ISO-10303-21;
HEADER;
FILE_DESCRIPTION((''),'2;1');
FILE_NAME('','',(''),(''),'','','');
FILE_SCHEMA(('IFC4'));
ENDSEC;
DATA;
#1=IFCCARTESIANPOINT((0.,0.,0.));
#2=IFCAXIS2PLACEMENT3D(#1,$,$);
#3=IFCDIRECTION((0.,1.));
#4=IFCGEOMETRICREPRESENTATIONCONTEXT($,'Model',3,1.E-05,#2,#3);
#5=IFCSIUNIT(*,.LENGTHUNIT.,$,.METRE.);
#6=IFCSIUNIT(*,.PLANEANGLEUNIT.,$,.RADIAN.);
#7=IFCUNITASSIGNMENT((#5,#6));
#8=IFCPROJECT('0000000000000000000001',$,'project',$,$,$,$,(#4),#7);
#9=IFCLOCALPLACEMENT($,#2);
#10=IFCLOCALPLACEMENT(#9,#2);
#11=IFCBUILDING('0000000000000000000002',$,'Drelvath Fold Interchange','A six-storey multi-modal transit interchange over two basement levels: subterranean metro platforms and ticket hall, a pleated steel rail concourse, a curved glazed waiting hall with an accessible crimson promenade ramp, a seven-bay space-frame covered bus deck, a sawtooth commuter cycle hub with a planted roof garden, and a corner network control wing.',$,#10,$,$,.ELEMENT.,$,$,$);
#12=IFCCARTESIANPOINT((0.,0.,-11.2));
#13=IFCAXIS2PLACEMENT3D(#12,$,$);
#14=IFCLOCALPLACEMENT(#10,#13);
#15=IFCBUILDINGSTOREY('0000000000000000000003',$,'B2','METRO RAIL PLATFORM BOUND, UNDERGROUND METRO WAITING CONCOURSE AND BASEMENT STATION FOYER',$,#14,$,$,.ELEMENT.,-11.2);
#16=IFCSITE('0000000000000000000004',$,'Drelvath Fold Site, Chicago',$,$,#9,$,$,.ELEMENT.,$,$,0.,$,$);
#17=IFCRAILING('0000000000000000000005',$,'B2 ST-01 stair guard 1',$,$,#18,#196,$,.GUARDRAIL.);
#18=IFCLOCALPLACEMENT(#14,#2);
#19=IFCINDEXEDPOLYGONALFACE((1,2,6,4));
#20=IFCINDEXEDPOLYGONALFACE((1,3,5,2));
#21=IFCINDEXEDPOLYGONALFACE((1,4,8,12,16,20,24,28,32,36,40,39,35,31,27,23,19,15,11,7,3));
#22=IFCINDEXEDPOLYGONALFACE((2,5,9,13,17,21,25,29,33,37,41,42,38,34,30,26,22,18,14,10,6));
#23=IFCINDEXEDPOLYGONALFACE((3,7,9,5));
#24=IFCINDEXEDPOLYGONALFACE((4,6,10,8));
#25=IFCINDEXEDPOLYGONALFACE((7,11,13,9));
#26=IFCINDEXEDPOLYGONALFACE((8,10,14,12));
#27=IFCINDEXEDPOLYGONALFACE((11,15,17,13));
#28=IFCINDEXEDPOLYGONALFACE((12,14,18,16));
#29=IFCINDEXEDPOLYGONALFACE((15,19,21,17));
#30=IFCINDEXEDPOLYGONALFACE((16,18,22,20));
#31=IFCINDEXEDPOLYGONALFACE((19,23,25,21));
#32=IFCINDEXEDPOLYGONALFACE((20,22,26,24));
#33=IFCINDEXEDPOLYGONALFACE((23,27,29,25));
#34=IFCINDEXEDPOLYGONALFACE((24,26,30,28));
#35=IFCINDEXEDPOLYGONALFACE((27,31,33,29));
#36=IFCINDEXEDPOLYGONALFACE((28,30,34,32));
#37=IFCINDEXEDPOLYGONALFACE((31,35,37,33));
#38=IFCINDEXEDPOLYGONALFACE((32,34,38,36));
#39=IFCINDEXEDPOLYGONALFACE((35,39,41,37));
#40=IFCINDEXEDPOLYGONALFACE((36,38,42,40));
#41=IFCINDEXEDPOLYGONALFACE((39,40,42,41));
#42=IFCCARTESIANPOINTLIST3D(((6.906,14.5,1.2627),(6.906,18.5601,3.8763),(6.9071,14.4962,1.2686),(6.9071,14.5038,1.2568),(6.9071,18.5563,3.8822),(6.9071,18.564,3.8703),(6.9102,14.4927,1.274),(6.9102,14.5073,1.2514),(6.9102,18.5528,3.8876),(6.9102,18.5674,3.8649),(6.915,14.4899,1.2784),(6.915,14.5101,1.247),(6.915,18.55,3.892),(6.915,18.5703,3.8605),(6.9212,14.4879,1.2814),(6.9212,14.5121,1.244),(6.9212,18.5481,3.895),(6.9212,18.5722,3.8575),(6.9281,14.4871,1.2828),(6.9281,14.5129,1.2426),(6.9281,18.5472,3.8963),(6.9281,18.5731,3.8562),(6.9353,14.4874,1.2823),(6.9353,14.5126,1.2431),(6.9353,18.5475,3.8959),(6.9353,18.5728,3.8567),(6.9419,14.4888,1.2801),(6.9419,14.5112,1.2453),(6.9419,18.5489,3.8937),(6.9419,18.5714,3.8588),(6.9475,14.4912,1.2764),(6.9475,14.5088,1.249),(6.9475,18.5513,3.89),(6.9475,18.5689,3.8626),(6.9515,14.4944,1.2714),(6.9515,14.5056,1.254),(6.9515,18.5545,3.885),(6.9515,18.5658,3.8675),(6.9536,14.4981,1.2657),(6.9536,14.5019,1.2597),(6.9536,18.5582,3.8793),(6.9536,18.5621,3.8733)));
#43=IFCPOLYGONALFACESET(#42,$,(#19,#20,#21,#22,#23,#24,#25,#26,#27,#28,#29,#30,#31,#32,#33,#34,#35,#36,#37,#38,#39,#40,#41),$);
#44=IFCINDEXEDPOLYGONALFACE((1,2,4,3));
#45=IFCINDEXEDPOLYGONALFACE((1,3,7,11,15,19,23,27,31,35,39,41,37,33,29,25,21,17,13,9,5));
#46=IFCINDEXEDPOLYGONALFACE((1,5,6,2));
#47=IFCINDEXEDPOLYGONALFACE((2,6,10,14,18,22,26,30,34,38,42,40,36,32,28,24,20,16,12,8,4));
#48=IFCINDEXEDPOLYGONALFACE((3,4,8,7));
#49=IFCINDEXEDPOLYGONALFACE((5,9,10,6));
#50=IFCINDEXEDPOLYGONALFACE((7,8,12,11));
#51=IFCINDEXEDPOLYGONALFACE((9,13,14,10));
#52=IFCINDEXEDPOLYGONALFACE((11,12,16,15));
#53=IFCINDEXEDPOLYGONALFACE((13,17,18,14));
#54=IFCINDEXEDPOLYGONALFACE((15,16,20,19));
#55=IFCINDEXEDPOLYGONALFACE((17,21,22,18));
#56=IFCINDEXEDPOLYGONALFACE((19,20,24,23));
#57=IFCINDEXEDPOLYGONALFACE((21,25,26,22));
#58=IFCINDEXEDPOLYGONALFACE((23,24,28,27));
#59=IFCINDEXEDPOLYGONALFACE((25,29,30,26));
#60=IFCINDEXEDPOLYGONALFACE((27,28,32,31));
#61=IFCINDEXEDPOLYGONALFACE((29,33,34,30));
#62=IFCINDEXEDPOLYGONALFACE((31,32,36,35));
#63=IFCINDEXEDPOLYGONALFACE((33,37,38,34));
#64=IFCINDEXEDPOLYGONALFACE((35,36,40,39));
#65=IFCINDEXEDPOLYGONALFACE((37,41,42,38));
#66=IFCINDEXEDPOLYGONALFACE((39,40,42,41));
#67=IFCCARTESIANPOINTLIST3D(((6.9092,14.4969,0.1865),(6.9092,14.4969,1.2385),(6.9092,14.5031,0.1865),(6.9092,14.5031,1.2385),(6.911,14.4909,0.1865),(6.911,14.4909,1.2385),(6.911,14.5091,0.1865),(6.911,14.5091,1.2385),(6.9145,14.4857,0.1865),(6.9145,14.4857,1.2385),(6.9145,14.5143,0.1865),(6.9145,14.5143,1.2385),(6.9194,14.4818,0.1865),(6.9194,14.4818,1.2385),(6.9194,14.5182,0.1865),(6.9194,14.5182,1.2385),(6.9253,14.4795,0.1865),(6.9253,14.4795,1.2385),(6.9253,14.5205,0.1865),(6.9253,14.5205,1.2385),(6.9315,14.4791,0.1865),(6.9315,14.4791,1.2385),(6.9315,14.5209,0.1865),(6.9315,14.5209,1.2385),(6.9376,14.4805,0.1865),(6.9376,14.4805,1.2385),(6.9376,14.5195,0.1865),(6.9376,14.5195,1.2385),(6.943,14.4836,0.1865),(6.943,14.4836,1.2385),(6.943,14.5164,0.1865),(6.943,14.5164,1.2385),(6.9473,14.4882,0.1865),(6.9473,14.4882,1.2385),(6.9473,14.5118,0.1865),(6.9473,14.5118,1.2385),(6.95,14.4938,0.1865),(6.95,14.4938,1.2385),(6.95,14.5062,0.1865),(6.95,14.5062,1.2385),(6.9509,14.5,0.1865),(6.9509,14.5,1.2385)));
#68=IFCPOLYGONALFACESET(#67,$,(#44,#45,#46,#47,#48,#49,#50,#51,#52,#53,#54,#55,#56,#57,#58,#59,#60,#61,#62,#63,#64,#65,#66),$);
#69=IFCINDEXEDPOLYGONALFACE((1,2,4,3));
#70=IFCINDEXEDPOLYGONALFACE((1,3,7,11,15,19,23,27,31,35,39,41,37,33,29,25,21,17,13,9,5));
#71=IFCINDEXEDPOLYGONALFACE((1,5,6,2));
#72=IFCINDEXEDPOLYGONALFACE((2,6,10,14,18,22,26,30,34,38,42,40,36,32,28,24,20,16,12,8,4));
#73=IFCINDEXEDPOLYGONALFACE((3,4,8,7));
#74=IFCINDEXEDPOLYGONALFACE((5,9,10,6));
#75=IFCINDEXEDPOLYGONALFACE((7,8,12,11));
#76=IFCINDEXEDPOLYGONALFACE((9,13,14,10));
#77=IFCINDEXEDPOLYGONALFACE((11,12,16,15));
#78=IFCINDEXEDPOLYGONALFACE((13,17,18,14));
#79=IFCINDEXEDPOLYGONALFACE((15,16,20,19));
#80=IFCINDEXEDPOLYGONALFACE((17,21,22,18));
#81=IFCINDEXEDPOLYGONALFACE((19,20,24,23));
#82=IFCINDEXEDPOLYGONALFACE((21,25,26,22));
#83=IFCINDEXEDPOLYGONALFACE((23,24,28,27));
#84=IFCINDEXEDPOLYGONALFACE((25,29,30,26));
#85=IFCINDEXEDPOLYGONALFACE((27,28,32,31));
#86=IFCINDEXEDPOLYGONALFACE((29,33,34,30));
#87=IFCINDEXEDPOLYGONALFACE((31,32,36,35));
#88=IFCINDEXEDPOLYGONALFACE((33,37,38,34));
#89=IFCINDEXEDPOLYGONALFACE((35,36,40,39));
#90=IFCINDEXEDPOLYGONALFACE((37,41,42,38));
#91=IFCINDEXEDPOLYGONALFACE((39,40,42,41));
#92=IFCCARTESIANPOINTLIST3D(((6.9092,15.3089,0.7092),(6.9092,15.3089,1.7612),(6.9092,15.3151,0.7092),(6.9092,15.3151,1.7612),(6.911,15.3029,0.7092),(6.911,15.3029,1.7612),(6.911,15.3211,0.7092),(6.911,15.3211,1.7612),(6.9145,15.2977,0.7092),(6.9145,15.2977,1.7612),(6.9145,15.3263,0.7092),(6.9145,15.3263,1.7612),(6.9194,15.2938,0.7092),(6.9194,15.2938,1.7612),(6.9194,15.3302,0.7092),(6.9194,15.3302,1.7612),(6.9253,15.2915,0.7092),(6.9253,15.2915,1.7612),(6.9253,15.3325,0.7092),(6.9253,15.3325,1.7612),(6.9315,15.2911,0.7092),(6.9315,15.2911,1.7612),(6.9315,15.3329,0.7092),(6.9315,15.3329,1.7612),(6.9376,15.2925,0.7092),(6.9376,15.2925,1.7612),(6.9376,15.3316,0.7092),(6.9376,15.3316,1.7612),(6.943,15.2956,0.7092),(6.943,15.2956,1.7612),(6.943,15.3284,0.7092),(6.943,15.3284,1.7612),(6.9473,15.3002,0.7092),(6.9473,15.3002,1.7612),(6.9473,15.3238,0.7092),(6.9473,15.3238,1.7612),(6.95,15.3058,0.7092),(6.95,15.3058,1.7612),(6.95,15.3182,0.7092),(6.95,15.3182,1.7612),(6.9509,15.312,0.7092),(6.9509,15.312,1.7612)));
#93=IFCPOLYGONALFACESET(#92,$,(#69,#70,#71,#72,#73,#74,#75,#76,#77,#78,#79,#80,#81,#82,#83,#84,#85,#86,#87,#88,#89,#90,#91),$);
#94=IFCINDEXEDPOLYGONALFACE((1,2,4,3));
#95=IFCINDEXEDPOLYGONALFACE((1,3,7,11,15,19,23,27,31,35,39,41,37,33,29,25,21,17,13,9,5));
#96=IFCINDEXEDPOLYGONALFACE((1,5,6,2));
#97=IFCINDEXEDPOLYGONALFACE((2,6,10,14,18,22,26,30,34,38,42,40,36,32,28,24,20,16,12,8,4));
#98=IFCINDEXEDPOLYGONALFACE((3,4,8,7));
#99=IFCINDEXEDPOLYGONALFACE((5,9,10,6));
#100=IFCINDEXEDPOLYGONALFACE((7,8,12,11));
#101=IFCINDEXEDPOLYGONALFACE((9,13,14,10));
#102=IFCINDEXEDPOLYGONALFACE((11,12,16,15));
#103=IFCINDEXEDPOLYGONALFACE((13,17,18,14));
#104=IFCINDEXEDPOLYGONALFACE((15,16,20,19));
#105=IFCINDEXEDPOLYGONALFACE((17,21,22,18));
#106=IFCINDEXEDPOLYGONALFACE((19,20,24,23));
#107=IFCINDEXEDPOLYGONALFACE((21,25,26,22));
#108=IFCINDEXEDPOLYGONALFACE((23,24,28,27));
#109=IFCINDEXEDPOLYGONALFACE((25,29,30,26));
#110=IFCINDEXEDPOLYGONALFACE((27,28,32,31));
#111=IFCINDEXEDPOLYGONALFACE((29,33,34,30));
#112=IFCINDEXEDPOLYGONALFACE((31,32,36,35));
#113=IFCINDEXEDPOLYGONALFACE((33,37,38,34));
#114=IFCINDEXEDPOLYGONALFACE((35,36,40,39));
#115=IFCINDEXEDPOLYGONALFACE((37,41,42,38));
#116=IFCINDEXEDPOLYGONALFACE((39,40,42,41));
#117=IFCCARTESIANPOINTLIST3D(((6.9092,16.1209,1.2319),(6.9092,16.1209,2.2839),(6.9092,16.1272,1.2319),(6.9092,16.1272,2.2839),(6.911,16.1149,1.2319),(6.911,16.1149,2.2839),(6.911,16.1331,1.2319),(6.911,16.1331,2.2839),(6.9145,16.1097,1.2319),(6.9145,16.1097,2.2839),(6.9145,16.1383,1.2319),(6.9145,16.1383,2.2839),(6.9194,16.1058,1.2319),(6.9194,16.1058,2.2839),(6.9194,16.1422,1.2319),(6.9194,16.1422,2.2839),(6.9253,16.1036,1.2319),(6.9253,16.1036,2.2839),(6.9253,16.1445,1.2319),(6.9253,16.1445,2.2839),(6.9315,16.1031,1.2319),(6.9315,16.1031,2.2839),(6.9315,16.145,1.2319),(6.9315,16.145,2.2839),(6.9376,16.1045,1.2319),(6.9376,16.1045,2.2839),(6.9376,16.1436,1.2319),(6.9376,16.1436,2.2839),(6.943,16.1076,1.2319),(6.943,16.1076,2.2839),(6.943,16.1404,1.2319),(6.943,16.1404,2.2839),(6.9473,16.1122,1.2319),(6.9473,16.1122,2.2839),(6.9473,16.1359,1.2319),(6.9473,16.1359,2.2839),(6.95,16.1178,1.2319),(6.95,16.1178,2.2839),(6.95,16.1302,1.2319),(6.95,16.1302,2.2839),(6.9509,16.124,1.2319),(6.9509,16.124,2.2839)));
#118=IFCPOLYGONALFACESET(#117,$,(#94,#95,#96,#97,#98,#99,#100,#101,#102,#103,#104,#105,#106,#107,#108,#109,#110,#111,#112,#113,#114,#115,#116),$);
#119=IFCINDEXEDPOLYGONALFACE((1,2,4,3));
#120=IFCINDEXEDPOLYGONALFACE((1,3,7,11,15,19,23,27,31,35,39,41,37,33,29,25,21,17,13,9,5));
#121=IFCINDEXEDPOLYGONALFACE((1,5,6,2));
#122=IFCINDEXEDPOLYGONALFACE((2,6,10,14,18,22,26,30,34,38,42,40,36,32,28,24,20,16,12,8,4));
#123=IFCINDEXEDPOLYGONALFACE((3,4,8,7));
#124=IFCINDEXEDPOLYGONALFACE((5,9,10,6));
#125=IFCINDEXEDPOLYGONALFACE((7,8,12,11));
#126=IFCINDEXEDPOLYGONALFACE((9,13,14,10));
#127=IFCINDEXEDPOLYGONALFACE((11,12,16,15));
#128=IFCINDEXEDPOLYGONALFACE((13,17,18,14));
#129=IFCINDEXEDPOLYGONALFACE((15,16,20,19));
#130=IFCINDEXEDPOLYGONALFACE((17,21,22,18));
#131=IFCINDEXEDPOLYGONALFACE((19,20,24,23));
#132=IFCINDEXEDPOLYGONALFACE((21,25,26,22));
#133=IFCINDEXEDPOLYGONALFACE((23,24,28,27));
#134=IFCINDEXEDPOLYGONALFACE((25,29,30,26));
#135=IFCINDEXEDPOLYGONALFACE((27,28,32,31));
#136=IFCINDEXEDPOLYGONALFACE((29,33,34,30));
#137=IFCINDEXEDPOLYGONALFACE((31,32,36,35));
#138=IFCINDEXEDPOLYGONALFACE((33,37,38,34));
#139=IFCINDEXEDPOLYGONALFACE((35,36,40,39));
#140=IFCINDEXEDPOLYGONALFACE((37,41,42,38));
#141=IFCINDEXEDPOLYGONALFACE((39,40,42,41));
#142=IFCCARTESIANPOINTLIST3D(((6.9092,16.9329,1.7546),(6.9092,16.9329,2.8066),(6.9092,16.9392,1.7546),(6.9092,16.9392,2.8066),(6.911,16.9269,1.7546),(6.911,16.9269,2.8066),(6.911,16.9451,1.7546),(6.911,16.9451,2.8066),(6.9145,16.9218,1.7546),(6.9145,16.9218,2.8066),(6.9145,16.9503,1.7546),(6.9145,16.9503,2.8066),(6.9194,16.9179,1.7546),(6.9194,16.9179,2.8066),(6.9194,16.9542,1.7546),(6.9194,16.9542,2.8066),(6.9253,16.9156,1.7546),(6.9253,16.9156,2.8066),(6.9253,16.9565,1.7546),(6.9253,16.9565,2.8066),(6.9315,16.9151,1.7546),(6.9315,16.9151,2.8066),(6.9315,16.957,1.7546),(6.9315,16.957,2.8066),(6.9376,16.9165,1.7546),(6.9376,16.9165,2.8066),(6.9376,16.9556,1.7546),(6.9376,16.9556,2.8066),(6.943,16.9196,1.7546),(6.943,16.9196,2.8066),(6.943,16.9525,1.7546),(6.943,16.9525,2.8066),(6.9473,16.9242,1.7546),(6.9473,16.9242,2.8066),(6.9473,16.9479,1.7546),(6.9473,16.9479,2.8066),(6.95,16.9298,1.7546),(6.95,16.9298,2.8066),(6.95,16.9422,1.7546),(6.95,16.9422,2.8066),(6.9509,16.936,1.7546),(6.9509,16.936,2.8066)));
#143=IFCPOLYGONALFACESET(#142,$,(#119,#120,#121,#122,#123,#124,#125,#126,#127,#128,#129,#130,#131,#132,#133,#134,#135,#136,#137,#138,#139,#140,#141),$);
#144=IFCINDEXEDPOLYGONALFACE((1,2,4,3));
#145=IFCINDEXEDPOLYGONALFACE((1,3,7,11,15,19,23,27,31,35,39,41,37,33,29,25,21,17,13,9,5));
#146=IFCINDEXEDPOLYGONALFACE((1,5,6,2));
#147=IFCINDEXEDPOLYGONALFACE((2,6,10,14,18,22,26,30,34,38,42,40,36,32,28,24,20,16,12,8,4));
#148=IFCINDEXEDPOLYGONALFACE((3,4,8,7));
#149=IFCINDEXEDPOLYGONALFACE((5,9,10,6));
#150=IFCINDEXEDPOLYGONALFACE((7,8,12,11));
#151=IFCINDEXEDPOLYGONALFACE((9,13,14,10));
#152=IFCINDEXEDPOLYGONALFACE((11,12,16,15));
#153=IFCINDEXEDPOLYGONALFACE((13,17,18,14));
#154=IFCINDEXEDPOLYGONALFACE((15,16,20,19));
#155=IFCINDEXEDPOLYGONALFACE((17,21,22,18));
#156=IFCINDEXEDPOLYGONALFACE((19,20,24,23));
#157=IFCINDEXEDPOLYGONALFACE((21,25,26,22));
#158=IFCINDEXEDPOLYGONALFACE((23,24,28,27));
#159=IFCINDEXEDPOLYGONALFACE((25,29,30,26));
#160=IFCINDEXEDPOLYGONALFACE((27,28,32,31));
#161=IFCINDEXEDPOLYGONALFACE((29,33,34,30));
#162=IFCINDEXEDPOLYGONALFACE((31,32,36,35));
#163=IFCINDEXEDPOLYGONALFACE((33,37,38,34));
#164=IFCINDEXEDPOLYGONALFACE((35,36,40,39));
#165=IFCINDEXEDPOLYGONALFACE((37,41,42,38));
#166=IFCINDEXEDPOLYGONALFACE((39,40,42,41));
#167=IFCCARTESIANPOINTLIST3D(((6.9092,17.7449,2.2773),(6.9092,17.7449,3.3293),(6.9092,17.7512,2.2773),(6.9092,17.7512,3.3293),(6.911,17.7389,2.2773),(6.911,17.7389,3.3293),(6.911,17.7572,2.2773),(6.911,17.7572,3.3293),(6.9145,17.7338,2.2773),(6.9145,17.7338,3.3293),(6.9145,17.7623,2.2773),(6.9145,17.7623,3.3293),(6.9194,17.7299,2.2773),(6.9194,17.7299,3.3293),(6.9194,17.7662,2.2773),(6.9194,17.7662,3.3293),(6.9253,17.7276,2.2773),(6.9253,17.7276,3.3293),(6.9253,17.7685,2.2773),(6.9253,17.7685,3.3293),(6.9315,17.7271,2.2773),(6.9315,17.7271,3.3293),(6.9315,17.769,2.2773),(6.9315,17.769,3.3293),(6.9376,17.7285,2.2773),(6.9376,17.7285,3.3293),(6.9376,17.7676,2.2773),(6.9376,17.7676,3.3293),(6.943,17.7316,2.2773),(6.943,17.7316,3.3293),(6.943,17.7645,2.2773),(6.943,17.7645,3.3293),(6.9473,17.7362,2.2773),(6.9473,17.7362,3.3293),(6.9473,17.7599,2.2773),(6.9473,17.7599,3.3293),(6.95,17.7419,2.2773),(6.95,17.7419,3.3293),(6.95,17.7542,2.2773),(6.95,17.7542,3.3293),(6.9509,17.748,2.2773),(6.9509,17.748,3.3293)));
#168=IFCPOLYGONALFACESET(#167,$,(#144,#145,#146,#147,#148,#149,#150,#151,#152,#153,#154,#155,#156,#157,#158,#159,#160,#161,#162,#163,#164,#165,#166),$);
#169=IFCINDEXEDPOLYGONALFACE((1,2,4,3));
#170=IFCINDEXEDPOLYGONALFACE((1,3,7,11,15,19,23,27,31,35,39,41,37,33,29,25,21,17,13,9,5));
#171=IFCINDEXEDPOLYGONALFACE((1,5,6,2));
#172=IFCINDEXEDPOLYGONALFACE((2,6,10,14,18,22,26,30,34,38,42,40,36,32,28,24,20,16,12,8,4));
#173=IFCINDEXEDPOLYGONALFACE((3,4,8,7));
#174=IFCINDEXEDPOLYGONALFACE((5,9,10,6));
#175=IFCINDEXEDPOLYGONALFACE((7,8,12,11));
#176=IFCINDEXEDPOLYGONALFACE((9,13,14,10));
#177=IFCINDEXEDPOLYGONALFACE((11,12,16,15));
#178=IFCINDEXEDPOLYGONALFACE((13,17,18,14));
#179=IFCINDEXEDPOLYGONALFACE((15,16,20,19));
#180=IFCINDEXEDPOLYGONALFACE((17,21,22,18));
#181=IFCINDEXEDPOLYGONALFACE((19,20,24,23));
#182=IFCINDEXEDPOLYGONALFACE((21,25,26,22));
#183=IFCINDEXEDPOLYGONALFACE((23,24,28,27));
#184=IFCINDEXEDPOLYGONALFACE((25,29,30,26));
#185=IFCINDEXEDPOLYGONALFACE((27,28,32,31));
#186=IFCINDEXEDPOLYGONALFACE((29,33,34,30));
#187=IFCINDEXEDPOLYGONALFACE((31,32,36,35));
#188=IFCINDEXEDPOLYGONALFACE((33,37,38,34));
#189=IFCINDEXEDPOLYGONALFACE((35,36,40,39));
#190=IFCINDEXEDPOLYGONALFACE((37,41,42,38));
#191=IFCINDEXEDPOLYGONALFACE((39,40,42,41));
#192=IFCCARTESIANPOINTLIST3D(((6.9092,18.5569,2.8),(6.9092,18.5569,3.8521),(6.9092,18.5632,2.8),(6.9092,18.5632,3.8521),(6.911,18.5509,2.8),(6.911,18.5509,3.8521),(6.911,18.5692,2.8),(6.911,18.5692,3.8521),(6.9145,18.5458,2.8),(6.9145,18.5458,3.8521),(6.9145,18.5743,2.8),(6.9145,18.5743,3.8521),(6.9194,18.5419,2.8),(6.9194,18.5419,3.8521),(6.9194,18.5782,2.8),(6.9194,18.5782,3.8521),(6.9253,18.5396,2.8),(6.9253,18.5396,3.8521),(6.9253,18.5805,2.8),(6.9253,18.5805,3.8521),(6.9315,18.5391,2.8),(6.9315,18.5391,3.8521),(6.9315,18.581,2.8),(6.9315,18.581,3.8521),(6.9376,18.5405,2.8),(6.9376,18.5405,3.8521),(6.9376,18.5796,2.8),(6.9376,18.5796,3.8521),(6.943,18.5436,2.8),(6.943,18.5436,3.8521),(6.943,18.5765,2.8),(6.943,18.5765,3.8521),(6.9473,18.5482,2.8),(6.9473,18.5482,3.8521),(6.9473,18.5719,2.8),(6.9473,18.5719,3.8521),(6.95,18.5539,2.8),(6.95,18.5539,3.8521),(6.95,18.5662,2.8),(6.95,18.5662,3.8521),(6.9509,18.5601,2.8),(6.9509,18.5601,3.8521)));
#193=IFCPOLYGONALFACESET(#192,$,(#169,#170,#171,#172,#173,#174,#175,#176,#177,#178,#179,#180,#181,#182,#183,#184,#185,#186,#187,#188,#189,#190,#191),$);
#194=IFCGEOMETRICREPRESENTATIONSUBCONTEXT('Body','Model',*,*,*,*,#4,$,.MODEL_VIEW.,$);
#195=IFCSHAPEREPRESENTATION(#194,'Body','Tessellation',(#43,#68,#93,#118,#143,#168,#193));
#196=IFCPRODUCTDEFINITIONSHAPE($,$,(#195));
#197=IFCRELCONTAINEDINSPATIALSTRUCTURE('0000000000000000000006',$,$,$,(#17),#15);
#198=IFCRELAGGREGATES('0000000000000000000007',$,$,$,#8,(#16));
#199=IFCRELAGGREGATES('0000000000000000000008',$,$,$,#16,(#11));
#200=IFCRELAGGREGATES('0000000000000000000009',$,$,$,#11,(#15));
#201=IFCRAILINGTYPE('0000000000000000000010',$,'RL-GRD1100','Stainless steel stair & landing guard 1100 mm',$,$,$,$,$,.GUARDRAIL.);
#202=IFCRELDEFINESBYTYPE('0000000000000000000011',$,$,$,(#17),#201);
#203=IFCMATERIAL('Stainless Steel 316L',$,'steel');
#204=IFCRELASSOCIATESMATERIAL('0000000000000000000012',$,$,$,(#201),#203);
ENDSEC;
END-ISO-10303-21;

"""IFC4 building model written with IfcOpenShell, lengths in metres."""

from ifc_helpers import new_model, si_unit, direction, frame, origin, origin_2d, place, context, subcontext, project, spatial, circle, extrude, material, type_object, element, save


model = new_model("IFC4")

# Units and contexts
model_context = context("Model", 3, precision=1e-05, world=origin(), true_north=direction((0.0, 1.0)))
body_context = subcontext(model_context, "Body", "Model", "MODEL_VIEW")
ifc_project = project(units=[si_unit("LENGTHUNIT", "METRE"), si_unit("PLANEANGLEUNIT", "RADIAN")], contexts=[model_context])

# Site, building, storey
site_placement = place(None, origin())
site = spatial("IfcSite", under=ifc_project, at=site_placement, Name="Drelvath Fold Site, Chicago", CompositionType="ELEMENT", RefElevation=0.0)
building_placement = place(site_placement, origin())
building = spatial("IfcBuilding", under=site, at=building_placement, Name="Drelvath Fold Interchange", Description="A six-storey multi-modal transit interchange over two basement levels: subterranean metro platforms and ticket hall, a pleated steel rail concourse, a curved glazed waiting hall with an accessible crimson promenade ramp, a seven-bay space-frame covered bus deck, a sawtooth commuter cycle hub with a planted roof garden, and a corner network control wing.", CompositionType="ELEMENT")
storey_placement = place(building_placement, frame((0.0, 0.0, -11.2)))
storey = spatial("IfcBuildingStorey", under=building, at=storey_placement, Name="B2", Description="METRO RAIL PLATFORM BOUND, UNDERGROUND METRO WAITING CONCOURSE AND BASEMENT STATION FOYER", CompositionType="ELEMENT", Elevation=-11.2)

# Railing
ifc_material_1 = material(Name="Stainless Steel 316L", Category="steel")
railing_type_1 = type_object("IfcRailingType", Name="RL-GRD1100", Description="Stainless steel stair & landing guard 1100 mm", PredefinedType="GUARDRAIL", material=ifc_material_1)
railing_1_placement = place(storey_placement, frame((6.9299, 14.5, 0.1865)))
element("IfcRailing", 1, at=railing_1_placement, inside=storey, type_object=railing_type_1, Name="B2 ST-01 stair guard 1", PredefinedType="GUARDRAIL", context=body_context, shape_type="SweptSolid", body=[
    extrude(circle(Radius=0.0239, at=origin_2d()), frame((0.0, 0.0, 1.0762), z_axis=(0.0, 0.84085, 0.541269), x_axis=(-1.0, 0.0, 0.0)), (0.0, 0.0, 1.0), 4.8286),
    extrude(circle(Radius=0.021, at=origin_2d()), origin(), (0.0, 0.0, 1.0), 1.052),
    extrude(circle(Radius=0.021, at=origin_2d()), frame((0.0, 0.812, 0.5227)), (0.0, 0.0, 1.0), 1.052),
    extrude(circle(Radius=0.021, at=origin_2d()), frame((0.0, 1.624, 1.0454)), (0.0, 0.0, 1.0), 1.052),
    extrude(circle(Radius=0.021, at=origin_2d()), frame((0.0, 2.436, 1.5681)), (0.0, 0.0, 1.0), 1.052),
    extrude(circle(Radius=0.021, at=origin_2d()), frame((0.0, 3.248, 2.0908)), (0.0, 0.0, 1.0), 1.052),
    extrude(circle(Radius=0.021, at=origin_2d()), frame((0.0, 4.0601, 2.6135)), (0.0, 0.0, 1.0), 1.052),
])

save(model, "model.ifc")
